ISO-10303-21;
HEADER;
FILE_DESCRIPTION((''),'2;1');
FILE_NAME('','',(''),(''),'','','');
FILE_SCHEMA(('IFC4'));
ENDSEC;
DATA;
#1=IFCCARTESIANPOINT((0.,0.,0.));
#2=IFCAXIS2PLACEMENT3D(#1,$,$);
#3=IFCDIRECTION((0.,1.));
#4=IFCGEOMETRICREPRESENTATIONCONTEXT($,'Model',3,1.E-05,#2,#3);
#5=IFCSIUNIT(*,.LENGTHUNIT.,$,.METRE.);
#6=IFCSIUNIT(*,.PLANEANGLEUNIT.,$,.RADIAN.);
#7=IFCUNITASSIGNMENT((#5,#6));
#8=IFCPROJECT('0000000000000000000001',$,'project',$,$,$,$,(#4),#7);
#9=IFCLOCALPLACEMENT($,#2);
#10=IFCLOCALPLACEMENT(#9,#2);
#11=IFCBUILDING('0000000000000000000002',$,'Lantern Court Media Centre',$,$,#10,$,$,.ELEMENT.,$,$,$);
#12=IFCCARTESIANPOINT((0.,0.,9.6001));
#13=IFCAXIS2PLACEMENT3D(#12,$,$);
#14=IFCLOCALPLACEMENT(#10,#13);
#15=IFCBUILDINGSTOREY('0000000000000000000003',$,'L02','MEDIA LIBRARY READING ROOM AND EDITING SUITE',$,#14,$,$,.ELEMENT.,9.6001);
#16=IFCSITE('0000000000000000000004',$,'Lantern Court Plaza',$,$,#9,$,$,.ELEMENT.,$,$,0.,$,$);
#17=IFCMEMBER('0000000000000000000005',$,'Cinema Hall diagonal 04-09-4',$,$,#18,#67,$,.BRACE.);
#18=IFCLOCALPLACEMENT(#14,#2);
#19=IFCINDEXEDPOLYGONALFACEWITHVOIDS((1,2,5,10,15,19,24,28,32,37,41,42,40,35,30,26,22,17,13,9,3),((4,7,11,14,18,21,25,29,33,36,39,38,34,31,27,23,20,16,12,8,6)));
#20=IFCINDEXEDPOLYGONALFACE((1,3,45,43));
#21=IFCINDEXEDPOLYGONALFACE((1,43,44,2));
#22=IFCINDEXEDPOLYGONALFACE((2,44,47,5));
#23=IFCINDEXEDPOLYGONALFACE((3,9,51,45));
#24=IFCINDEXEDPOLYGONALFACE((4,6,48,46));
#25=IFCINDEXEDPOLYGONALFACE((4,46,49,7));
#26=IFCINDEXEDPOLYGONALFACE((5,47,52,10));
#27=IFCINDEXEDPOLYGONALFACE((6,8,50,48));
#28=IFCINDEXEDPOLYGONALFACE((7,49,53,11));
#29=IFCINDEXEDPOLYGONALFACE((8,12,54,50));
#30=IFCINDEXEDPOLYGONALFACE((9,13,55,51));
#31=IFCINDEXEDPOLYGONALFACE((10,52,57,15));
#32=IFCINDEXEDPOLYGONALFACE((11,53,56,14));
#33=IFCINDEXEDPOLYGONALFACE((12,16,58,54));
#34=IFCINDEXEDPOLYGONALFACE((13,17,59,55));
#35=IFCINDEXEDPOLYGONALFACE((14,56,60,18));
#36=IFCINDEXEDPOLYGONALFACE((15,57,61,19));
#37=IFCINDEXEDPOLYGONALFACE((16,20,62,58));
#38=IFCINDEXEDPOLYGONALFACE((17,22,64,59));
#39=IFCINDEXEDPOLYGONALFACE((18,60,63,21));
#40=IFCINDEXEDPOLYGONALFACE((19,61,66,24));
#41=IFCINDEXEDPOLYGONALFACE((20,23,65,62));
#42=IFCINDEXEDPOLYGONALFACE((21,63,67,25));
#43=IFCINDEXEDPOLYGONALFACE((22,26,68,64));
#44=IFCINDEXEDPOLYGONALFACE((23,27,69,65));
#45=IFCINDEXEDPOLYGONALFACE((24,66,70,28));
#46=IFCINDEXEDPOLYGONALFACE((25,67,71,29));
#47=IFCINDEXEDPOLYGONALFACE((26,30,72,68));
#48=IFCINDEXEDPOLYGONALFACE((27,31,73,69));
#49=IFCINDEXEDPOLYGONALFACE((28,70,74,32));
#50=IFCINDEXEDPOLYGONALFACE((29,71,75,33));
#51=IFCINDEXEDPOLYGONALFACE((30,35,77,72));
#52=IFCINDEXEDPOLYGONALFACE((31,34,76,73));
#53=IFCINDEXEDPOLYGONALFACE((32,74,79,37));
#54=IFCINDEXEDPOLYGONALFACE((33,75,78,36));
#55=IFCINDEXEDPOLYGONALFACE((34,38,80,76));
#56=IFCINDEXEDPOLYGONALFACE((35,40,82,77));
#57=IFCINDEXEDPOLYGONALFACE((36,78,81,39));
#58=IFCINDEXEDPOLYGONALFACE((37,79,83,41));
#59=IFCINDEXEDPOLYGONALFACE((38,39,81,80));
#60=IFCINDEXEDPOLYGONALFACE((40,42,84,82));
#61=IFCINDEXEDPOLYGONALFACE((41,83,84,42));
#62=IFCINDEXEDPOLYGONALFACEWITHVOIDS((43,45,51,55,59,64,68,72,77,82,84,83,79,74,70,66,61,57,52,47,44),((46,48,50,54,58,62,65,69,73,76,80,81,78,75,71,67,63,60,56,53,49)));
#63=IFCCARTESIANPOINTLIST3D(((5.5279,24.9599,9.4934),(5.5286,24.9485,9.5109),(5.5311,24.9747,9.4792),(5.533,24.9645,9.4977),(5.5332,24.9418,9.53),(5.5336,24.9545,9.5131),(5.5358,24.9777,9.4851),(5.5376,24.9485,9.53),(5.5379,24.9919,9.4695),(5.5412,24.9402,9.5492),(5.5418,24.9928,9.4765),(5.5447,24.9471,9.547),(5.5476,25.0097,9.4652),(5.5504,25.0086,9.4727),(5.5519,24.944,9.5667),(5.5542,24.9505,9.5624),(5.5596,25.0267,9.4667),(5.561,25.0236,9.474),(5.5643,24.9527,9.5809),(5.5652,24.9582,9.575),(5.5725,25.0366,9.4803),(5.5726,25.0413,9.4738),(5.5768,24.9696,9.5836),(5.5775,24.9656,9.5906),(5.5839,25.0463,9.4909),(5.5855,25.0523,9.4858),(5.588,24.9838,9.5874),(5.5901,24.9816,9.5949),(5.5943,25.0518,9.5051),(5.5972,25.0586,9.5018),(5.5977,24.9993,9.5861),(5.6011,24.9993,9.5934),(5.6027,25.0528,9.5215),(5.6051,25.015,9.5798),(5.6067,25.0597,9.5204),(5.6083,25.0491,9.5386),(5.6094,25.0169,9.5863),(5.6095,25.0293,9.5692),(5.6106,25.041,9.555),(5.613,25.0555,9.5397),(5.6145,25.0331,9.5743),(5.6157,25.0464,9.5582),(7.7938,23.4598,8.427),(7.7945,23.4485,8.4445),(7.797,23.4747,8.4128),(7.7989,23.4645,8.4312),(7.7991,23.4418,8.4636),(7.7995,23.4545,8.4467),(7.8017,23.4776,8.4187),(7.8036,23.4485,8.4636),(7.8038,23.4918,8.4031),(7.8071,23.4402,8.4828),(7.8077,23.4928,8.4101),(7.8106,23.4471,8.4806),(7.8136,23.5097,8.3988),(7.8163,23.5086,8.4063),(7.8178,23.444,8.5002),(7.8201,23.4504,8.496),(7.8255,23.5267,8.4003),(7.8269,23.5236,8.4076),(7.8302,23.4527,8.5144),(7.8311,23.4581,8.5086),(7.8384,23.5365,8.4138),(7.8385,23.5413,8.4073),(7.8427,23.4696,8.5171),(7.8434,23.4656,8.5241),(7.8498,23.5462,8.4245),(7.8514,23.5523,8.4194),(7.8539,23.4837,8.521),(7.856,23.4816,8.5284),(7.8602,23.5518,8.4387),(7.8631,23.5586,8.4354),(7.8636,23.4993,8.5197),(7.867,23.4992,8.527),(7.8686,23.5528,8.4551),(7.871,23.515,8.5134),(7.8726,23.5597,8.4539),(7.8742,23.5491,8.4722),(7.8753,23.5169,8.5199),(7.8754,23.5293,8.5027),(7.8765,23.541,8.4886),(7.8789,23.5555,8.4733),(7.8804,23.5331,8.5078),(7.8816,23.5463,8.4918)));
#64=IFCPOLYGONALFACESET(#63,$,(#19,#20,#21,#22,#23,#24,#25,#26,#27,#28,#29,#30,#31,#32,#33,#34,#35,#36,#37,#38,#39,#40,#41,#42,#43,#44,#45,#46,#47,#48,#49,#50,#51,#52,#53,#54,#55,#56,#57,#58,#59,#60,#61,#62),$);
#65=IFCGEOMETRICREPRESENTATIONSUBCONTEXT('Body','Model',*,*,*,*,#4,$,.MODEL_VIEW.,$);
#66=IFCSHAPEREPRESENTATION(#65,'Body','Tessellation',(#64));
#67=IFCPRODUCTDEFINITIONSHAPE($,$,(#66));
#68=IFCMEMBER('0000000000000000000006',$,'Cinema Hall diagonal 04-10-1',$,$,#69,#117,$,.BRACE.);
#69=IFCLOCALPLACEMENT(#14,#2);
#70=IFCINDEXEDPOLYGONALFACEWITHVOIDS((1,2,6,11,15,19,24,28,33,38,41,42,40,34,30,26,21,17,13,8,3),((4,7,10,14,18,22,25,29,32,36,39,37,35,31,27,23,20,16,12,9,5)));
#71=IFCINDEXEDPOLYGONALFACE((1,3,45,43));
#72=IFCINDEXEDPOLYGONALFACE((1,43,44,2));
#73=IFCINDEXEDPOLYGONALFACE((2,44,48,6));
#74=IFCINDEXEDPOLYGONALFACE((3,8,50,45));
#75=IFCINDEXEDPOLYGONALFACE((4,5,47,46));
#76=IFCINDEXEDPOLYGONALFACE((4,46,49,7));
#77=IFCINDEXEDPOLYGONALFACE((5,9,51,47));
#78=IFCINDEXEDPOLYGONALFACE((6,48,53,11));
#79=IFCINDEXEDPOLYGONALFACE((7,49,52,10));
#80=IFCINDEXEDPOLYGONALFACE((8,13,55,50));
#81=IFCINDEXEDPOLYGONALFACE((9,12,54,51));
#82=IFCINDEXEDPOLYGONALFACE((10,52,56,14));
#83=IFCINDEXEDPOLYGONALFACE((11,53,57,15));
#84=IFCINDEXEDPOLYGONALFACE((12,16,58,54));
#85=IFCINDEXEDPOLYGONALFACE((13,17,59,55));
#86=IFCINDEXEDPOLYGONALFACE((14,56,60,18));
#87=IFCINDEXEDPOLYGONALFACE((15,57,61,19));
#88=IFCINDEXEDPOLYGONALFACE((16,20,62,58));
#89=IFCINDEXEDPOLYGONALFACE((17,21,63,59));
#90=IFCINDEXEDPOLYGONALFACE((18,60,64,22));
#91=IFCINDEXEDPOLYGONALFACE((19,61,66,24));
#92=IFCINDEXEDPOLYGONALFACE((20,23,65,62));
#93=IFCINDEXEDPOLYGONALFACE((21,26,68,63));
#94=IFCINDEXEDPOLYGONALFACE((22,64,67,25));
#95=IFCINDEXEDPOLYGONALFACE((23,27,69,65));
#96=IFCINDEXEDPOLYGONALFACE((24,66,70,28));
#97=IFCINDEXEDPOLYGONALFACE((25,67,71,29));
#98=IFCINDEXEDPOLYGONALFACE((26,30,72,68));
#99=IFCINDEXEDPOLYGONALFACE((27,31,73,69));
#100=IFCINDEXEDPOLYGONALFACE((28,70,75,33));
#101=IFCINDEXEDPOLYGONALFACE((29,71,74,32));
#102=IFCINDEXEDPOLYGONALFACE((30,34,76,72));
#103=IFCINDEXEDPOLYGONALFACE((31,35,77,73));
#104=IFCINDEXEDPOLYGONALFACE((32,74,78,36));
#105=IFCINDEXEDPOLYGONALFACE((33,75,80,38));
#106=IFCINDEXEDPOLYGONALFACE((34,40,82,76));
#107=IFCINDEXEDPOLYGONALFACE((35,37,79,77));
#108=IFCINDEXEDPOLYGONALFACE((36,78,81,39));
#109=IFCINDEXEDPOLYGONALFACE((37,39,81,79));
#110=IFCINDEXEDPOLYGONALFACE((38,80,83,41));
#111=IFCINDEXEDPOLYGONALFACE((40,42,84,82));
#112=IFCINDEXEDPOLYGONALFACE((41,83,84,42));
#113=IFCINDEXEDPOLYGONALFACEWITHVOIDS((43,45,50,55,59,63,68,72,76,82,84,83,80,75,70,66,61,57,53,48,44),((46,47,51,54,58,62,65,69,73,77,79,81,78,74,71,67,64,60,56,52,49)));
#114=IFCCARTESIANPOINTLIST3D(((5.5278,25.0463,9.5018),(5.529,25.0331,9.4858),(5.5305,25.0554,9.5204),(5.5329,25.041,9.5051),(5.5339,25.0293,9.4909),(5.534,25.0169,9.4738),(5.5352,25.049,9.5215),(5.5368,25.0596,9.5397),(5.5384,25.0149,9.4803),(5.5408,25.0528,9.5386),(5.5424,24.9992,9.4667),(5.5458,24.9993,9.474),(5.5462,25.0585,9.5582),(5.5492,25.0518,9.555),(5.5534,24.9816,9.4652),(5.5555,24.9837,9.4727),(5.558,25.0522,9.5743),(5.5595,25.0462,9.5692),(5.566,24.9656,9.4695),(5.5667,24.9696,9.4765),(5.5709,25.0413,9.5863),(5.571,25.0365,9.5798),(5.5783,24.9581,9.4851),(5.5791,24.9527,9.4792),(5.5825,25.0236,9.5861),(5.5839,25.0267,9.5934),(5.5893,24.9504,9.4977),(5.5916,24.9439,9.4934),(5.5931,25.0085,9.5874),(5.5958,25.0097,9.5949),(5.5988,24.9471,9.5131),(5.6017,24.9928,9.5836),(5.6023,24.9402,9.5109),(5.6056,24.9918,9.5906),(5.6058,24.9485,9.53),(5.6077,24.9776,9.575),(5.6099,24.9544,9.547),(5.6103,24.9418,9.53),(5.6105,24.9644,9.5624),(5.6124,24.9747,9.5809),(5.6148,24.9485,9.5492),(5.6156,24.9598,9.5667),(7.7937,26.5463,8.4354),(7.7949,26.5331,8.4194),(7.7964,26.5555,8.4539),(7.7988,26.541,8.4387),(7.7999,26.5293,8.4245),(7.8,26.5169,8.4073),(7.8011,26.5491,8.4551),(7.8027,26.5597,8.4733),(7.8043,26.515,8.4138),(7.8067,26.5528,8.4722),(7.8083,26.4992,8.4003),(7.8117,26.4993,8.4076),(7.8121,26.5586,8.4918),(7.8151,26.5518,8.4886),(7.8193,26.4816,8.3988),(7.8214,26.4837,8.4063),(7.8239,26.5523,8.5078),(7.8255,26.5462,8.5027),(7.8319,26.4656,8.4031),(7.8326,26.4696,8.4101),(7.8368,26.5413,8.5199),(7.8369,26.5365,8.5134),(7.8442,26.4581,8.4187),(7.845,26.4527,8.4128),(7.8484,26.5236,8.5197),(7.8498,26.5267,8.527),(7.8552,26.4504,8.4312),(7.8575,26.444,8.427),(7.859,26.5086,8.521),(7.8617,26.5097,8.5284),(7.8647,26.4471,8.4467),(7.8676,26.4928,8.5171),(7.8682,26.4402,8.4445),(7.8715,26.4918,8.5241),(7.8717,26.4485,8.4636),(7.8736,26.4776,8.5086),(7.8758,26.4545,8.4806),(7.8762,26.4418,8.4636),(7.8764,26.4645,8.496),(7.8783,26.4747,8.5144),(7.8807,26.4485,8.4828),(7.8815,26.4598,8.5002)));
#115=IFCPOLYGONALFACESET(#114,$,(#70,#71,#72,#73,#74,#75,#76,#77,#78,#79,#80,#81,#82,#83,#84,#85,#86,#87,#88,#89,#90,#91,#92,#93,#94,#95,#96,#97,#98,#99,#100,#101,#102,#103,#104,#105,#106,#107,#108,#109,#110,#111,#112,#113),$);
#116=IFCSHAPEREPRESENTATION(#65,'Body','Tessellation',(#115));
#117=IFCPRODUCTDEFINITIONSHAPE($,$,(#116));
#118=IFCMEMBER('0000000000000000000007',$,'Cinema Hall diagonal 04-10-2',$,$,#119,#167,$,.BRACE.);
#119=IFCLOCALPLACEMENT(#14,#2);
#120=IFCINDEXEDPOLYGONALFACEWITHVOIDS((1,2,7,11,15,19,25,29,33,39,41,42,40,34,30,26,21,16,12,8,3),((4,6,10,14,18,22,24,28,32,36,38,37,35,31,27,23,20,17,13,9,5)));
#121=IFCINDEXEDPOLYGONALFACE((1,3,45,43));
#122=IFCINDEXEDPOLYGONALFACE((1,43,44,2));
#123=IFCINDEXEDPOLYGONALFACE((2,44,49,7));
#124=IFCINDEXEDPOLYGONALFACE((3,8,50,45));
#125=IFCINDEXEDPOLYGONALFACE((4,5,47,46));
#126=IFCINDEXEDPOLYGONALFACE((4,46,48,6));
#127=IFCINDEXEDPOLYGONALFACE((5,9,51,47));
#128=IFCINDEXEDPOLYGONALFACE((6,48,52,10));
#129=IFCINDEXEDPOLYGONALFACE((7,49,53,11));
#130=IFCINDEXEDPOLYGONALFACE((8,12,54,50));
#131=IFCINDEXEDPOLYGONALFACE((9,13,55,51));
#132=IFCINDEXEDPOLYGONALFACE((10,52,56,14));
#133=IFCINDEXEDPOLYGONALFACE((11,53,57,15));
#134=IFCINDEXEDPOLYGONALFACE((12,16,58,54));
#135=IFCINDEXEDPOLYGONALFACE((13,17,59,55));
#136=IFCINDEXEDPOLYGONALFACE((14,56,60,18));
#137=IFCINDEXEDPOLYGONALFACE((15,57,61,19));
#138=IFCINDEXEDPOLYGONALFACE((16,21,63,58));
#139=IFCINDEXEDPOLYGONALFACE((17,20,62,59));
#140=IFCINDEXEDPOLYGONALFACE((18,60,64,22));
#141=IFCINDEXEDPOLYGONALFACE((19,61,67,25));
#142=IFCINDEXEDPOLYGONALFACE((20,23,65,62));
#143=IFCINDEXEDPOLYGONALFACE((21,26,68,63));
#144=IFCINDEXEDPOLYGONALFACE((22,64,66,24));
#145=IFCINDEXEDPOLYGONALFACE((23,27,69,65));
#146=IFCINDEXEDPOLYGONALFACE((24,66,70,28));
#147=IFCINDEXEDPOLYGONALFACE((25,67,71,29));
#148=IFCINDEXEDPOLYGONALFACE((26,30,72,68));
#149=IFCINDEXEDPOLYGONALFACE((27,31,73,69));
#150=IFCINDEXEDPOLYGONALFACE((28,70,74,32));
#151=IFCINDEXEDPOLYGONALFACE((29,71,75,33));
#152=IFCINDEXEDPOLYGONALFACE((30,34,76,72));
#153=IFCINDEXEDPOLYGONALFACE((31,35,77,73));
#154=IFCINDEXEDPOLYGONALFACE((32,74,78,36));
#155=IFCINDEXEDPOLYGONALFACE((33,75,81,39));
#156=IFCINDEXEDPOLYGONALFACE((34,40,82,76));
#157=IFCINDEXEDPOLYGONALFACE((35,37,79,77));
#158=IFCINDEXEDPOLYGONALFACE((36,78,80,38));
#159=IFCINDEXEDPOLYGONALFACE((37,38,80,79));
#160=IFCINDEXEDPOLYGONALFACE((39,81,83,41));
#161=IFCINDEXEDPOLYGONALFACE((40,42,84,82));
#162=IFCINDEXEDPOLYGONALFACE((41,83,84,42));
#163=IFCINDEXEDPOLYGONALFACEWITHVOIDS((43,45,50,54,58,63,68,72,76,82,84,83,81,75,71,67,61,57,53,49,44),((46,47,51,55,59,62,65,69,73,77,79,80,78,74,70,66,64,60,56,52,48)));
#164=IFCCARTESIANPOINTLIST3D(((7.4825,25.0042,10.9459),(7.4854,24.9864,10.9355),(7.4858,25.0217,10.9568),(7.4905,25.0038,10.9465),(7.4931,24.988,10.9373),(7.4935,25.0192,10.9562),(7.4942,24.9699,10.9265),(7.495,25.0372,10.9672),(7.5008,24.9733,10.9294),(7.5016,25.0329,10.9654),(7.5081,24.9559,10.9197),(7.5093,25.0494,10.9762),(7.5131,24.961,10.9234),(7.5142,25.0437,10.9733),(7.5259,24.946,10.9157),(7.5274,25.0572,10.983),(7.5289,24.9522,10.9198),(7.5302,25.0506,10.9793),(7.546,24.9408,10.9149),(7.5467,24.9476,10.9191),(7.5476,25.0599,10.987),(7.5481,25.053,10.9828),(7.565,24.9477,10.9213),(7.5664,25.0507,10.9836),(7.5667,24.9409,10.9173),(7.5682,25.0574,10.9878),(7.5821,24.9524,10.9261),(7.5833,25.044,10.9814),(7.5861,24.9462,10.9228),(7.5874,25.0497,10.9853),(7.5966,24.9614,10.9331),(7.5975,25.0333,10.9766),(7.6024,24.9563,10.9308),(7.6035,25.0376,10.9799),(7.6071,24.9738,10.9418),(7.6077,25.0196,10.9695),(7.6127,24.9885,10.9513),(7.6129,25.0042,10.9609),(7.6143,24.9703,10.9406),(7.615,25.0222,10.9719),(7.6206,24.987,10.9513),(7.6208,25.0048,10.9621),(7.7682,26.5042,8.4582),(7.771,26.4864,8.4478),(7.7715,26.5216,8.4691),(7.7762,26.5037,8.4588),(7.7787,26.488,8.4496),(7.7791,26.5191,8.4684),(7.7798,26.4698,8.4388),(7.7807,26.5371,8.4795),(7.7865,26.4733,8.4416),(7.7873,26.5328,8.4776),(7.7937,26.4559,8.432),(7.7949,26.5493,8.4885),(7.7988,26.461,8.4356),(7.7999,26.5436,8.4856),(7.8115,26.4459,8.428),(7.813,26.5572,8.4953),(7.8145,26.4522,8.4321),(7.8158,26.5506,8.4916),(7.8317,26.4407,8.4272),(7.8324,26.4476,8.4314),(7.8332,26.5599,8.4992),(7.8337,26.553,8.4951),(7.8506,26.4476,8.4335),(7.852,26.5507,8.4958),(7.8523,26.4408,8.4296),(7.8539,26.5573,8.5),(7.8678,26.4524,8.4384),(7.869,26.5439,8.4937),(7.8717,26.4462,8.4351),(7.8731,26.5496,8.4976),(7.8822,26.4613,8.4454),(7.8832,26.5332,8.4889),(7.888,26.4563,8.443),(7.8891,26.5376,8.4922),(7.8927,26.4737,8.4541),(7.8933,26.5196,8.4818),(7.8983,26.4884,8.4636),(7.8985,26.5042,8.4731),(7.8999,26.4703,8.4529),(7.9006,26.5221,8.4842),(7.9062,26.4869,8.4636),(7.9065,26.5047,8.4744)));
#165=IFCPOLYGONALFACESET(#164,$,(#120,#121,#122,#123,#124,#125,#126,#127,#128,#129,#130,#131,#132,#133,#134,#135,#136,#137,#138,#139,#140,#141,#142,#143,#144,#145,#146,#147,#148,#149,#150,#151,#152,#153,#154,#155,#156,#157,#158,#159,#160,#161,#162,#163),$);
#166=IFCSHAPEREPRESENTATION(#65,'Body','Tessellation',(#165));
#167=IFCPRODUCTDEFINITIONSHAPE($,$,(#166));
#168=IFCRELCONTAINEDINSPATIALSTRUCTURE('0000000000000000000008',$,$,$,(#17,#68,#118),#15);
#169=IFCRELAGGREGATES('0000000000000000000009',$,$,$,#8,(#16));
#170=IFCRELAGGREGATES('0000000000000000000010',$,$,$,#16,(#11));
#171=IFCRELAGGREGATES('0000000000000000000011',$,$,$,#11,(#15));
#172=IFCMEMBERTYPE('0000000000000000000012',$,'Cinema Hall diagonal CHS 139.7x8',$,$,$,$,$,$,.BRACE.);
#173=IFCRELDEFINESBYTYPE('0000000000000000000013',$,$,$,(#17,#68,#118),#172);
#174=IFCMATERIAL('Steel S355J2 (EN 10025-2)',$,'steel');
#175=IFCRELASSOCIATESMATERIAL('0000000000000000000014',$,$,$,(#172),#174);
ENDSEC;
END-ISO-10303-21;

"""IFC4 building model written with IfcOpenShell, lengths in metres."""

from ifc_helpers import new_model, si_unit, direction, frame, origin, origin_2d, place, context, subcontext, project, spatial, hollow_circle, extrude, material, material_profile, profile_set, type_object, element, save


model = new_model("IFC4")

# Units and contexts
model_context = context("Model", 3, precision=1e-05, world=origin(), true_north=direction((0.0, 1.0)))
body_context = subcontext(model_context, "Body", "Model", "MODEL_VIEW")
ifc_project = project(units=[si_unit("LENGTHUNIT", "METRE"), si_unit("PLANEANGLEUNIT", "RADIAN")], contexts=[model_context])

# Site, building, storey
site_placement = place(None, origin())
site = spatial("IfcSite", under=ifc_project, at=site_placement, Name="Lantern Court Plaza", CompositionType="ELEMENT", RefElevation=0.0)
building_placement = place(site_placement, origin())
building = spatial("IfcBuilding", under=site, at=building_placement, Name="Lantern Court Media Centre", CompositionType="ELEMENT")
storey_placement = place(building_placement, frame((0.0, 0.0, 9.6001)))
storey = spatial("IfcBuildingStorey", under=building, at=storey_placement, Name="L02", Description="MEDIA LIBRARY READING ROOM AND EDITING SUITE", CompositionType="ELEMENT", Elevation=9.6001)

# Members
ifc_material = material(Name="Steel S355J2 (EN 10025-2)", Category="steel")
ifc_material_profile_1 = material_profile(ifc_material, hollow_circle(Radius=0.0698, WallThickness=0.0081, at=origin_2d()), Name="Cinema Hall diagonal CHS 139.7x8")
ifc_profile_set_1 = profile_set([ifc_material_profile_1], Name="Steel S355J2 (EN 10025-2)")
member_type_1 = type_object("IfcMemberType", Name="Cinema Hall diagonal CHS 139.7x8", PredefinedType="BRACE", material=ifc_profile_set_1)
for number, where, z_axis, x_axis, name in (
    (1, (7.8376, 23.5, 8.4636), (-0.776211, 0.51385, 0.365315), (-0.552002, -0.833843, 0.0), "Cinema Hall diagonal 04-09-4"),
    (2, (7.8376, 26.5, 8.4636), (-0.776211, -0.51385, 0.365315), (0.552002, -0.833843, 0.0), "Cinema Hall diagonal 04-10-1"),
):
    element("IfcMember", number, at=place(storey_placement, frame(where, z_axis=z_axis, x_axis=x_axis)), inside=storey, type_object=member_type_1, Name=name, PredefinedType="BRACE", context=body_context, shape_type="SweptSolid", body=[
        extrude(hollow_circle(Radius=0.0698, WallThickness=0.0081, at=origin_2d()), origin(), (0.0, 0.0, 1.0), 2.9192),
    ])
for number, where, z_axis, x_axis, name in (
    (3, (7.8376, 26.5, 8.4636), (-0.097856, -0.51387, 0.852268), (0.982347, -0.187068, 0.0), "Cinema Hall diagonal 04-10-2"),
):
    element("IfcMember", number, at=place(storey_placement, frame(where, z_axis=z_axis, x_axis=x_axis)), inside=storey, type_object=member_type_1, Name=name, PredefinedType="BRACE", context=body_context, shape_type="SweptSolid", body=[
        extrude(hollow_circle(Radius=0.0698, WallThickness=0.0081, at=origin_2d()), origin(), (0.0, 0.0, 1.0), 2.9189),
    ])

save(model, "model.ifc")
